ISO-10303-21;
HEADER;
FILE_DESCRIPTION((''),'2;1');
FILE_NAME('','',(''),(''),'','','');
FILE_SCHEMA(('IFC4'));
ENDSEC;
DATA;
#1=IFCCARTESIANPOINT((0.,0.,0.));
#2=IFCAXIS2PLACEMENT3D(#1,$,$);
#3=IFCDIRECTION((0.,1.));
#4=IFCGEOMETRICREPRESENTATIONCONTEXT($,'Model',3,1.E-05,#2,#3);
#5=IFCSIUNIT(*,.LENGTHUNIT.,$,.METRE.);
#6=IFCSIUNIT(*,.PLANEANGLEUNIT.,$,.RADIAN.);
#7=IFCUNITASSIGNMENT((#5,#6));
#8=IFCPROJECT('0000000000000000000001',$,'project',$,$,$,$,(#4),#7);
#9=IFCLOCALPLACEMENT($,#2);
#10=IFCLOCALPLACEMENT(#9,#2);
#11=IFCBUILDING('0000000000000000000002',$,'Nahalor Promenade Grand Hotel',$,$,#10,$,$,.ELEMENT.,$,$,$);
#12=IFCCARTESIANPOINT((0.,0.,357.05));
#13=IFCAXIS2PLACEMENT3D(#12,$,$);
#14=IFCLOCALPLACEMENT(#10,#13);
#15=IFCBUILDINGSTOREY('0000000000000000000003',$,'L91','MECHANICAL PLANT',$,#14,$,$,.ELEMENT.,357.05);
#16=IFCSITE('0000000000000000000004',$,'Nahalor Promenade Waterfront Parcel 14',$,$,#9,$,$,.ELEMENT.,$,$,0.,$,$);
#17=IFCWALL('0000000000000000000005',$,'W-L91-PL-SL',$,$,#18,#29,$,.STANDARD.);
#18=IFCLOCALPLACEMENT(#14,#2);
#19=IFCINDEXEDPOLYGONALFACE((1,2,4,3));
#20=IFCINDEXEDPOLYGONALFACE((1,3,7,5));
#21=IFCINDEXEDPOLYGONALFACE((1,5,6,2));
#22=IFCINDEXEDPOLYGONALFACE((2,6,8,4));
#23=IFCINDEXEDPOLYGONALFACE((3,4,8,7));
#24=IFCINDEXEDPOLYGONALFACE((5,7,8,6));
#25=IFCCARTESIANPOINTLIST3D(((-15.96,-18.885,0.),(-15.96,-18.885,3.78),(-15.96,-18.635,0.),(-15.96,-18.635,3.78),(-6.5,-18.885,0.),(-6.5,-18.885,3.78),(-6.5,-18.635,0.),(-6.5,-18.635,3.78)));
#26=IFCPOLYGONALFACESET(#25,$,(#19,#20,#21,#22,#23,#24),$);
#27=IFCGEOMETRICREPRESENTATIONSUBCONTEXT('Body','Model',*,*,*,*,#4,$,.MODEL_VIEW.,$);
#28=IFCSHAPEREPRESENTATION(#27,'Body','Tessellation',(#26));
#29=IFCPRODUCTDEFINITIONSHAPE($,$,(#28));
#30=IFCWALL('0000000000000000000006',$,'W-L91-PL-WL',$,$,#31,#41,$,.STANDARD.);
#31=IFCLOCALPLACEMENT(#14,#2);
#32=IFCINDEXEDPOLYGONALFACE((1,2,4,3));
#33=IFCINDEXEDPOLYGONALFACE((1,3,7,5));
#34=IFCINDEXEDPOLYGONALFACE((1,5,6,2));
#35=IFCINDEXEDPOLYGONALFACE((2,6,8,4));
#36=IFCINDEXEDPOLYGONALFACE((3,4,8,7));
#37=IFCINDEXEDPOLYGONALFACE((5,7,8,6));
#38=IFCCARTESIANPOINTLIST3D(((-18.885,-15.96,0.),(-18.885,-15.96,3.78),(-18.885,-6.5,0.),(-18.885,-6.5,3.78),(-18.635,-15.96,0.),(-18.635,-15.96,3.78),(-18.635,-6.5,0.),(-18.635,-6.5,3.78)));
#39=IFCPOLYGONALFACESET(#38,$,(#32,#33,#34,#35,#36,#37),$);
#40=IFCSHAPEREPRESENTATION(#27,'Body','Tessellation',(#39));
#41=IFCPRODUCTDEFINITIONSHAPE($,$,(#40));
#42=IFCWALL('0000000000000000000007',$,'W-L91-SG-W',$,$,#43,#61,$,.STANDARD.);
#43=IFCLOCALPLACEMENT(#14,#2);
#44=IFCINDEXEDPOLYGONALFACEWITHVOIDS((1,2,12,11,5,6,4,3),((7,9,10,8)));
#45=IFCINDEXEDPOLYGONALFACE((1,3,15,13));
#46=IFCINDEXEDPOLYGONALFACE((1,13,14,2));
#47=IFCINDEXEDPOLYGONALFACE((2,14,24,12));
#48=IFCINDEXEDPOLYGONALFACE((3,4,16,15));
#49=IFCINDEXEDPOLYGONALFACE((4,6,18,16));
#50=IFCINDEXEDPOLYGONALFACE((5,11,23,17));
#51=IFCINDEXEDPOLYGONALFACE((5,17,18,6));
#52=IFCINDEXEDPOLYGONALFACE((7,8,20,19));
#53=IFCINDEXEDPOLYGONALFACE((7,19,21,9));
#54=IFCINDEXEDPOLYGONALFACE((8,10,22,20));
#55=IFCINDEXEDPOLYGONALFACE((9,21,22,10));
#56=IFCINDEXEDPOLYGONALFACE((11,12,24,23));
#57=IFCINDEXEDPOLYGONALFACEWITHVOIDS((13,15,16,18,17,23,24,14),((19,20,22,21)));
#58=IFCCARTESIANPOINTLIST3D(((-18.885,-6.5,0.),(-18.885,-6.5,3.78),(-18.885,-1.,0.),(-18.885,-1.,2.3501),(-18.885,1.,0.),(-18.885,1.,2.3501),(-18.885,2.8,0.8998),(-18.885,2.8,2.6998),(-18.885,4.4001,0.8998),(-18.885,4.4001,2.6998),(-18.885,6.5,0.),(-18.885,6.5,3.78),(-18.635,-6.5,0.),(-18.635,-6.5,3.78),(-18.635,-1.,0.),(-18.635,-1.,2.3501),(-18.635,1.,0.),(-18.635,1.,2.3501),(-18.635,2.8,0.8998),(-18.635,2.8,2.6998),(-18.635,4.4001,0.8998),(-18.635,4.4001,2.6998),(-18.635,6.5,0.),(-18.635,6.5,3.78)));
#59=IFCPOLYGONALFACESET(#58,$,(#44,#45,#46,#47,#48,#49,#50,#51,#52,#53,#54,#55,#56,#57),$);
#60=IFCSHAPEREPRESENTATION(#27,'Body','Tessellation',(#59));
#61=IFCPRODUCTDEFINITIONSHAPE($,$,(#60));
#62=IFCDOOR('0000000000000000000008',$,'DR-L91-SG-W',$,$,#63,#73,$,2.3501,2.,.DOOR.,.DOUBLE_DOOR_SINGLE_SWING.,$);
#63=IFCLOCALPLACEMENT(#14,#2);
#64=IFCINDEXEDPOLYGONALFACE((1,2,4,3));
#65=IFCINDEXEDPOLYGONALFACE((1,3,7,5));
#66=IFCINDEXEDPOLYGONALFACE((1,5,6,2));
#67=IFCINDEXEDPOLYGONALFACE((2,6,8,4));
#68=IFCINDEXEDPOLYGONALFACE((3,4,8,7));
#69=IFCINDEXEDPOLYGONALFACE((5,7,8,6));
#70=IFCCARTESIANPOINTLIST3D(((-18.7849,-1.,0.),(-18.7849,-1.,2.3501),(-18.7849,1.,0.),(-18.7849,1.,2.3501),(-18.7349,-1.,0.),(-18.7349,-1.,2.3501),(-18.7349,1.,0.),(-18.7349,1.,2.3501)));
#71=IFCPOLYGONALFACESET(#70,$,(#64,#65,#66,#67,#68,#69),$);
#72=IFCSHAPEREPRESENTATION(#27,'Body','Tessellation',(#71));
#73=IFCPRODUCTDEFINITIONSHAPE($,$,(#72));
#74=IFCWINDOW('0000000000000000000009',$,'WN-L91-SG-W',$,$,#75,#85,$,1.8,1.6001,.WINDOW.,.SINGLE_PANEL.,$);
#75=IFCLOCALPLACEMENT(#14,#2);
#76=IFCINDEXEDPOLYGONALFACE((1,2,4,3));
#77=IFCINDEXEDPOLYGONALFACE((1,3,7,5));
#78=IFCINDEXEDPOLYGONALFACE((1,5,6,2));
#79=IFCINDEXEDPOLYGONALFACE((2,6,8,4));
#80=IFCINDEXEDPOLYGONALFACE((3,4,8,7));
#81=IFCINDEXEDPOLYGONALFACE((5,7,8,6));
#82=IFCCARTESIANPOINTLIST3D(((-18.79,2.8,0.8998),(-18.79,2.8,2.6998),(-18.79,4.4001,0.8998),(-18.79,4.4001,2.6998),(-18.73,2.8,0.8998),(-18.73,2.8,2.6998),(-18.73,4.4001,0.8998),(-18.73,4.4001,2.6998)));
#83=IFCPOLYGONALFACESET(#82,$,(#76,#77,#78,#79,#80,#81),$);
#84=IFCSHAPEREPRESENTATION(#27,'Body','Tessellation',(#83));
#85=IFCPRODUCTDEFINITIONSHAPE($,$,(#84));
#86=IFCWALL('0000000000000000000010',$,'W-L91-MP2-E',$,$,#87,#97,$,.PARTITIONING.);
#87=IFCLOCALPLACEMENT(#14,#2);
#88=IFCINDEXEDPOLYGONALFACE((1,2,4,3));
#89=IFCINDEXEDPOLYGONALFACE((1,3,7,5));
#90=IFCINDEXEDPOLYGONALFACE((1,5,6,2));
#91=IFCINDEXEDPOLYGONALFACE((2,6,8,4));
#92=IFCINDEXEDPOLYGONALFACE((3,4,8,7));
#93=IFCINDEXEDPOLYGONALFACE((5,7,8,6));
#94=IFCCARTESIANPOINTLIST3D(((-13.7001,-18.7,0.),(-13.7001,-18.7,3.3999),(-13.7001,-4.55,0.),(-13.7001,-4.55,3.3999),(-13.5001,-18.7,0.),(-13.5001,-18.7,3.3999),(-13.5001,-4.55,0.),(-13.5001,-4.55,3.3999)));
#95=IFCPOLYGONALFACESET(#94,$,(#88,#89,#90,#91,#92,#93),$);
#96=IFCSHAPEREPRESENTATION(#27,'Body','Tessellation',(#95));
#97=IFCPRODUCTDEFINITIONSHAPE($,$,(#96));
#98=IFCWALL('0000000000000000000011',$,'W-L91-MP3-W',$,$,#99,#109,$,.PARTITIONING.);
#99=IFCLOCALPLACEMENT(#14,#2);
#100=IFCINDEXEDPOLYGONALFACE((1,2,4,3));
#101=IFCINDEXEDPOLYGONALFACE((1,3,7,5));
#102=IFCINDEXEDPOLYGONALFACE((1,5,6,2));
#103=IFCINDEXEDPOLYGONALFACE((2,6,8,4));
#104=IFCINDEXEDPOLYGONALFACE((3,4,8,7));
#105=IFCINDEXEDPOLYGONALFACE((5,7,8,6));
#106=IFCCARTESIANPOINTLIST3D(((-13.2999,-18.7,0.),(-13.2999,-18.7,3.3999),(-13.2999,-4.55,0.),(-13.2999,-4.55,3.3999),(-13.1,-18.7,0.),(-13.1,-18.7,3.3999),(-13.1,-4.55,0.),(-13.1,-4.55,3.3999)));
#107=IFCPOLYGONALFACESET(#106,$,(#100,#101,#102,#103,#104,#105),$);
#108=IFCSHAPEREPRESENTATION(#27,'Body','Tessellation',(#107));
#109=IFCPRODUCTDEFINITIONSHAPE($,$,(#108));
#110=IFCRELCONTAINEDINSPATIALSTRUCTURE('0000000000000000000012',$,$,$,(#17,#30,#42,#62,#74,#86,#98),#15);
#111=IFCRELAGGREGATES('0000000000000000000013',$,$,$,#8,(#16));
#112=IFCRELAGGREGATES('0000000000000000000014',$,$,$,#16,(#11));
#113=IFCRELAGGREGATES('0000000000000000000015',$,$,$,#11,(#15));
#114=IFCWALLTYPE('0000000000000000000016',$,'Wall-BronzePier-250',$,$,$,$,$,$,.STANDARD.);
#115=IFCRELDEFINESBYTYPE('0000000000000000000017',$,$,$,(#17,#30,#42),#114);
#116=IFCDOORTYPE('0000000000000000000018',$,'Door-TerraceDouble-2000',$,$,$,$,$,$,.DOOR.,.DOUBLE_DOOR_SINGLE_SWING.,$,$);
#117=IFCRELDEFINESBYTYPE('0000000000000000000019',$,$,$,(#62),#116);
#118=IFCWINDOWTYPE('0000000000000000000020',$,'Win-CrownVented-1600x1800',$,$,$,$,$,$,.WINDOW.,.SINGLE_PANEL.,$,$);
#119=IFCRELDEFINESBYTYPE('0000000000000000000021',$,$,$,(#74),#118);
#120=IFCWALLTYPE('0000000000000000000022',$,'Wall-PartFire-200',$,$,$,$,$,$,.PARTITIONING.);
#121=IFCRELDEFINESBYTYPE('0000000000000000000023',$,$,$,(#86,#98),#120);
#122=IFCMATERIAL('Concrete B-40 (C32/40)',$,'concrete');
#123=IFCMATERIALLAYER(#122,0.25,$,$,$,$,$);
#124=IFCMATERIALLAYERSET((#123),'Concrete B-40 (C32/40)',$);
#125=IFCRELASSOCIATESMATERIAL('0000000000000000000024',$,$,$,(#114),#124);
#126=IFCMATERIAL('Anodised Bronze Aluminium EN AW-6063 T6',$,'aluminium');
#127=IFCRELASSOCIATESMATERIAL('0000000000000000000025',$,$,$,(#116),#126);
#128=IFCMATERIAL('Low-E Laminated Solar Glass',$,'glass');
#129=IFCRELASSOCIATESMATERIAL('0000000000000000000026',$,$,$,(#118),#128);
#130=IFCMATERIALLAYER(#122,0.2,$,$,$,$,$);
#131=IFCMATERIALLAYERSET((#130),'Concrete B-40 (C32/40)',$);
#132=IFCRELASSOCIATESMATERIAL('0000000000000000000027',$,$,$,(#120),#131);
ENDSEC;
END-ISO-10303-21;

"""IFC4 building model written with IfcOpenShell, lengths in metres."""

from ifc_helpers import new_model, si_unit, direction, frame, frame_2d, origin, place, context, subcontext, project, spatial, rectangle, extrude, source, transform, mapped, material, layer, layer_set, type_object, element, fill, save


model = new_model("IFC4")

# Units and contexts
model_context = context("Model", 3, precision=1e-05, world=origin(), true_north=direction((0.0, 1.0)))
body_context = subcontext(model_context, "Body", "Model", "MODEL_VIEW")
ifc_project = project(units=[si_unit("LENGTHUNIT", "METRE"), si_unit("PLANEANGLEUNIT", "RADIAN")], contexts=[model_context])

# Site, building, storey
site_placement = place(None, origin())
site = spatial("IfcSite", under=ifc_project, at=site_placement, Name="Nahalor Promenade Waterfront Parcel 14", CompositionType="ELEMENT", RefElevation=0.0)
building_placement = place(site_placement, origin())
building = spatial("IfcBuilding", under=site, at=building_placement, Name="Nahalor Promenade Grand Hotel", CompositionType="ELEMENT")
storey_placement = place(building_placement, frame((0.0, 0.0, 357.05)))
storey = spatial("IfcBuildingStorey", under=building, at=storey_placement, Name="L91", Description="MECHANICAL PLANT", CompositionType="ELEMENT", Elevation=357.05)

# Walls
ifc_material_1 = material(Name="Concrete B-40 (C32/40)", Category="concrete")
ifc_layer_1 = layer(ifc_material_1, 0.25)
ifc_layer_set_1 = layer_set([ifc_layer_1], Name="Concrete B-40 (C32/40)")
wall_type_1 = type_object("IfcWallType", Name="Wall-BronzePier-250", PredefinedType="STANDARD", material=ifc_layer_set_1)
shared_shape_1 = source(origin(), body_context, "Body", "SweptSolid", [
    extrude(rectangle(XDim=9.46, YDim=0.25, at=frame_2d((4.73, 0.0))), origin(), (0.0, 0.0, 1.0), 3.78),
])
for number, where, z_axis, x_axis, name in (
    (1, (-15.96, -18.76, 0.0), (0.0, 0.0, 1.0), (1.0, 0.0, 0.0), "W-L91-PL-SL"),
    (2, (-18.76, -15.96, 0.0), (0.0, 0.0, 1.0), (0.0, 1.0, 0.0), "W-L91-PL-WL"),
):
    element("IfcWall", number, at=place(storey_placement, frame(where, z_axis=z_axis, x_axis=x_axis)), inside=storey, type_object=wall_type_1, Name=name, PredefinedType="STANDARD", context=body_context, shape_type="MappedRepresentation", body=[
        mapped(shared_shape_1, transform((0.0, 0.0, 0.0), scale=1.0)),
    ])

# Wall, openings, door, window
shared_shape_2 = source(origin(), body_context, "Body", "SweptSolid", [
    extrude(rectangle(XDim=13.0, YDim=0.25, at=frame_2d((6.5, 0.0))), origin(), (0.0, 0.0, 1.0), 3.78),
])
wall_placement = place(storey_placement, frame((-18.76, -6.5, 0.0), z_axis=(0.0, 0.0, 1.0), x_axis=(0.0, 1.0, 0.0)))
wall = element("IfcWall", 3, at=wall_placement, inside=storey, type_object=wall_type_1, Name="W-L91-SG-W", PredefinedType="STANDARD", context=body_context, shape_type="MappedRepresentation", body=[
    mapped(shared_shape_2, transform((0.0, 0.0, 0.0), scale=1.0)),
])
opening_1_placement = place(wall_placement, frame((5.5, 0.0, 0.0)))
opening_1 = element("IfcOpeningElement", 4, at=opening_1_placement, cuts=wall, PredefinedType="OPENING", context=body_context, shape_type="SweptSolid", body=[
    extrude(rectangle(XDim=2.0, YDim=2.3501, at=frame_2d((1.0, 1.175))), frame((0.0, 0.135, 0.0), z_axis=(0.0, -1.0, 0.0), x_axis=(1.0, 0.0, 0.0)), (0.0, 0.0, 1.0), 0.27),
])
opening_2_placement = place(wall_placement, frame((9.3, 0.0, 0.8999)))
opening_2 = element("IfcOpeningElement", 5, at=opening_2_placement, cuts=wall, PredefinedType="OPENING", context=body_context, shape_type="SweptSolid", body=[
    extrude(rectangle(XDim=1.6001, YDim=1.8, at=frame_2d((0.8, 0.8999))), frame((0.0, 0.135, 0.0), z_axis=(0.0, -1.0, 0.0), x_axis=(1.0, 0.0, 0.0)), (0.0, 0.0, 1.0), 0.27),
])
ifc_material_2 = material(Name="Anodised Bronze Aluminium EN AW-6063 T6", Category="aluminium")
door_type = type_object("IfcDoorType", Name="Door-TerraceDouble-2000", OperationType="DOUBLE_DOOR_SINGLE_SWING", PredefinedType="DOOR", material=ifc_material_2)
shared_shape_3 = source(origin(), body_context, "Body", "SweptSolid", [
    extrude(rectangle(XDim=2.0, YDim=2.3501, at=frame_2d((1.0, 1.175))), frame((0.0, 0.0249, 0.0), z_axis=(0.0, -1.0, 0.0), x_axis=(1.0, 0.0, 0.0)), (0.0, 0.0, 1.0), 0.05),
])
door_placement = place(opening_1_placement, origin())
door = element("IfcDoor", 6, at=door_placement, inside=storey, type_object=door_type, Name="DR-L91-SG-W", OperationType="DOUBLE_DOOR_SINGLE_SWING", OverallHeight=2.3501, OverallWidth=2.0, PredefinedType="DOOR", context=body_context, shape_type="MappedRepresentation", body=[
    mapped(shared_shape_3, transform((0.0, 0.0, 0.0), scale=1.0)),
])
fill(opening_1, door)
ifc_material_3 = material(Name="Low-E Laminated Solar Glass", Category="glass")
window_type = type_object("IfcWindowType", Name="Win-CrownVented-1600x1800", PartitioningType="SINGLE_PANEL", PredefinedType="WINDOW", material=ifc_material_3)
shared_shape_4 = source(origin(), body_context, "Body", "SweptSolid", [
    extrude(rectangle(XDim=1.6001, YDim=1.8, at=frame_2d((0.8, 0.8999))), frame((0.0, 0.03, 0.0), z_axis=(0.0, -1.0, 0.0), x_axis=(1.0, 0.0, 0.0)), (0.0, 0.0, 1.0), 0.0601),
])
window_placement = place(opening_2_placement, origin())
window = element("IfcWindow", 7, at=window_placement, inside=storey, type_object=window_type, Name="WN-L91-SG-W", OverallHeight=1.8, OverallWidth=1.6001, PartitioningType="SINGLE_PANEL", PredefinedType="WINDOW", context=body_context, shape_type="MappedRepresentation", body=[
    mapped(shared_shape_4, transform((0.0, 0.0, 0.0), scale=1.0)),
])
fill(opening_2, window)

# Walls
ifc_layer_2 = layer(ifc_material_1, 0.2)
ifc_layer_set_2 = layer_set([ifc_layer_2], Name="Concrete B-40 (C32/40)")
wall_type_2 = type_object("IfcWallType", Name="Wall-PartFire-200", PredefinedType="PARTITIONING", material=ifc_layer_set_2)
shared_shape_5 = source(origin(), body_context, "Body", "SweptSolid", [
    extrude(rectangle(XDim=14.1499, YDim=0.2, at=frame_2d((7.075, 0.0))), origin(), (0.0, 0.0, 1.0), 3.3999),
])
for number, where, z_axis, x_axis, name in (
    (8, (-13.6001, -18.7, 0.0), (0.0, 0.0, 1.0), (0.0, 1.0, 0.0), "W-L91-MP2-E"),
    (9, (-13.2, -18.7, 0.0), (0.0, 0.0, 1.0), (0.0, 1.0, 0.0), "W-L91-MP3-W"),
):
    element("IfcWall", number, at=place(storey_placement, frame(where, z_axis=z_axis, x_axis=x_axis)), inside=storey, type_object=wall_type_2, Name=name, PredefinedType="PARTITIONING", context=body_context, shape_type="MappedRepresentation", body=[
        mapped(shared_shape_5, transform((0.0, 0.0, 0.0), scale=1.0)),
    ])

save(model, "model.ifc")
